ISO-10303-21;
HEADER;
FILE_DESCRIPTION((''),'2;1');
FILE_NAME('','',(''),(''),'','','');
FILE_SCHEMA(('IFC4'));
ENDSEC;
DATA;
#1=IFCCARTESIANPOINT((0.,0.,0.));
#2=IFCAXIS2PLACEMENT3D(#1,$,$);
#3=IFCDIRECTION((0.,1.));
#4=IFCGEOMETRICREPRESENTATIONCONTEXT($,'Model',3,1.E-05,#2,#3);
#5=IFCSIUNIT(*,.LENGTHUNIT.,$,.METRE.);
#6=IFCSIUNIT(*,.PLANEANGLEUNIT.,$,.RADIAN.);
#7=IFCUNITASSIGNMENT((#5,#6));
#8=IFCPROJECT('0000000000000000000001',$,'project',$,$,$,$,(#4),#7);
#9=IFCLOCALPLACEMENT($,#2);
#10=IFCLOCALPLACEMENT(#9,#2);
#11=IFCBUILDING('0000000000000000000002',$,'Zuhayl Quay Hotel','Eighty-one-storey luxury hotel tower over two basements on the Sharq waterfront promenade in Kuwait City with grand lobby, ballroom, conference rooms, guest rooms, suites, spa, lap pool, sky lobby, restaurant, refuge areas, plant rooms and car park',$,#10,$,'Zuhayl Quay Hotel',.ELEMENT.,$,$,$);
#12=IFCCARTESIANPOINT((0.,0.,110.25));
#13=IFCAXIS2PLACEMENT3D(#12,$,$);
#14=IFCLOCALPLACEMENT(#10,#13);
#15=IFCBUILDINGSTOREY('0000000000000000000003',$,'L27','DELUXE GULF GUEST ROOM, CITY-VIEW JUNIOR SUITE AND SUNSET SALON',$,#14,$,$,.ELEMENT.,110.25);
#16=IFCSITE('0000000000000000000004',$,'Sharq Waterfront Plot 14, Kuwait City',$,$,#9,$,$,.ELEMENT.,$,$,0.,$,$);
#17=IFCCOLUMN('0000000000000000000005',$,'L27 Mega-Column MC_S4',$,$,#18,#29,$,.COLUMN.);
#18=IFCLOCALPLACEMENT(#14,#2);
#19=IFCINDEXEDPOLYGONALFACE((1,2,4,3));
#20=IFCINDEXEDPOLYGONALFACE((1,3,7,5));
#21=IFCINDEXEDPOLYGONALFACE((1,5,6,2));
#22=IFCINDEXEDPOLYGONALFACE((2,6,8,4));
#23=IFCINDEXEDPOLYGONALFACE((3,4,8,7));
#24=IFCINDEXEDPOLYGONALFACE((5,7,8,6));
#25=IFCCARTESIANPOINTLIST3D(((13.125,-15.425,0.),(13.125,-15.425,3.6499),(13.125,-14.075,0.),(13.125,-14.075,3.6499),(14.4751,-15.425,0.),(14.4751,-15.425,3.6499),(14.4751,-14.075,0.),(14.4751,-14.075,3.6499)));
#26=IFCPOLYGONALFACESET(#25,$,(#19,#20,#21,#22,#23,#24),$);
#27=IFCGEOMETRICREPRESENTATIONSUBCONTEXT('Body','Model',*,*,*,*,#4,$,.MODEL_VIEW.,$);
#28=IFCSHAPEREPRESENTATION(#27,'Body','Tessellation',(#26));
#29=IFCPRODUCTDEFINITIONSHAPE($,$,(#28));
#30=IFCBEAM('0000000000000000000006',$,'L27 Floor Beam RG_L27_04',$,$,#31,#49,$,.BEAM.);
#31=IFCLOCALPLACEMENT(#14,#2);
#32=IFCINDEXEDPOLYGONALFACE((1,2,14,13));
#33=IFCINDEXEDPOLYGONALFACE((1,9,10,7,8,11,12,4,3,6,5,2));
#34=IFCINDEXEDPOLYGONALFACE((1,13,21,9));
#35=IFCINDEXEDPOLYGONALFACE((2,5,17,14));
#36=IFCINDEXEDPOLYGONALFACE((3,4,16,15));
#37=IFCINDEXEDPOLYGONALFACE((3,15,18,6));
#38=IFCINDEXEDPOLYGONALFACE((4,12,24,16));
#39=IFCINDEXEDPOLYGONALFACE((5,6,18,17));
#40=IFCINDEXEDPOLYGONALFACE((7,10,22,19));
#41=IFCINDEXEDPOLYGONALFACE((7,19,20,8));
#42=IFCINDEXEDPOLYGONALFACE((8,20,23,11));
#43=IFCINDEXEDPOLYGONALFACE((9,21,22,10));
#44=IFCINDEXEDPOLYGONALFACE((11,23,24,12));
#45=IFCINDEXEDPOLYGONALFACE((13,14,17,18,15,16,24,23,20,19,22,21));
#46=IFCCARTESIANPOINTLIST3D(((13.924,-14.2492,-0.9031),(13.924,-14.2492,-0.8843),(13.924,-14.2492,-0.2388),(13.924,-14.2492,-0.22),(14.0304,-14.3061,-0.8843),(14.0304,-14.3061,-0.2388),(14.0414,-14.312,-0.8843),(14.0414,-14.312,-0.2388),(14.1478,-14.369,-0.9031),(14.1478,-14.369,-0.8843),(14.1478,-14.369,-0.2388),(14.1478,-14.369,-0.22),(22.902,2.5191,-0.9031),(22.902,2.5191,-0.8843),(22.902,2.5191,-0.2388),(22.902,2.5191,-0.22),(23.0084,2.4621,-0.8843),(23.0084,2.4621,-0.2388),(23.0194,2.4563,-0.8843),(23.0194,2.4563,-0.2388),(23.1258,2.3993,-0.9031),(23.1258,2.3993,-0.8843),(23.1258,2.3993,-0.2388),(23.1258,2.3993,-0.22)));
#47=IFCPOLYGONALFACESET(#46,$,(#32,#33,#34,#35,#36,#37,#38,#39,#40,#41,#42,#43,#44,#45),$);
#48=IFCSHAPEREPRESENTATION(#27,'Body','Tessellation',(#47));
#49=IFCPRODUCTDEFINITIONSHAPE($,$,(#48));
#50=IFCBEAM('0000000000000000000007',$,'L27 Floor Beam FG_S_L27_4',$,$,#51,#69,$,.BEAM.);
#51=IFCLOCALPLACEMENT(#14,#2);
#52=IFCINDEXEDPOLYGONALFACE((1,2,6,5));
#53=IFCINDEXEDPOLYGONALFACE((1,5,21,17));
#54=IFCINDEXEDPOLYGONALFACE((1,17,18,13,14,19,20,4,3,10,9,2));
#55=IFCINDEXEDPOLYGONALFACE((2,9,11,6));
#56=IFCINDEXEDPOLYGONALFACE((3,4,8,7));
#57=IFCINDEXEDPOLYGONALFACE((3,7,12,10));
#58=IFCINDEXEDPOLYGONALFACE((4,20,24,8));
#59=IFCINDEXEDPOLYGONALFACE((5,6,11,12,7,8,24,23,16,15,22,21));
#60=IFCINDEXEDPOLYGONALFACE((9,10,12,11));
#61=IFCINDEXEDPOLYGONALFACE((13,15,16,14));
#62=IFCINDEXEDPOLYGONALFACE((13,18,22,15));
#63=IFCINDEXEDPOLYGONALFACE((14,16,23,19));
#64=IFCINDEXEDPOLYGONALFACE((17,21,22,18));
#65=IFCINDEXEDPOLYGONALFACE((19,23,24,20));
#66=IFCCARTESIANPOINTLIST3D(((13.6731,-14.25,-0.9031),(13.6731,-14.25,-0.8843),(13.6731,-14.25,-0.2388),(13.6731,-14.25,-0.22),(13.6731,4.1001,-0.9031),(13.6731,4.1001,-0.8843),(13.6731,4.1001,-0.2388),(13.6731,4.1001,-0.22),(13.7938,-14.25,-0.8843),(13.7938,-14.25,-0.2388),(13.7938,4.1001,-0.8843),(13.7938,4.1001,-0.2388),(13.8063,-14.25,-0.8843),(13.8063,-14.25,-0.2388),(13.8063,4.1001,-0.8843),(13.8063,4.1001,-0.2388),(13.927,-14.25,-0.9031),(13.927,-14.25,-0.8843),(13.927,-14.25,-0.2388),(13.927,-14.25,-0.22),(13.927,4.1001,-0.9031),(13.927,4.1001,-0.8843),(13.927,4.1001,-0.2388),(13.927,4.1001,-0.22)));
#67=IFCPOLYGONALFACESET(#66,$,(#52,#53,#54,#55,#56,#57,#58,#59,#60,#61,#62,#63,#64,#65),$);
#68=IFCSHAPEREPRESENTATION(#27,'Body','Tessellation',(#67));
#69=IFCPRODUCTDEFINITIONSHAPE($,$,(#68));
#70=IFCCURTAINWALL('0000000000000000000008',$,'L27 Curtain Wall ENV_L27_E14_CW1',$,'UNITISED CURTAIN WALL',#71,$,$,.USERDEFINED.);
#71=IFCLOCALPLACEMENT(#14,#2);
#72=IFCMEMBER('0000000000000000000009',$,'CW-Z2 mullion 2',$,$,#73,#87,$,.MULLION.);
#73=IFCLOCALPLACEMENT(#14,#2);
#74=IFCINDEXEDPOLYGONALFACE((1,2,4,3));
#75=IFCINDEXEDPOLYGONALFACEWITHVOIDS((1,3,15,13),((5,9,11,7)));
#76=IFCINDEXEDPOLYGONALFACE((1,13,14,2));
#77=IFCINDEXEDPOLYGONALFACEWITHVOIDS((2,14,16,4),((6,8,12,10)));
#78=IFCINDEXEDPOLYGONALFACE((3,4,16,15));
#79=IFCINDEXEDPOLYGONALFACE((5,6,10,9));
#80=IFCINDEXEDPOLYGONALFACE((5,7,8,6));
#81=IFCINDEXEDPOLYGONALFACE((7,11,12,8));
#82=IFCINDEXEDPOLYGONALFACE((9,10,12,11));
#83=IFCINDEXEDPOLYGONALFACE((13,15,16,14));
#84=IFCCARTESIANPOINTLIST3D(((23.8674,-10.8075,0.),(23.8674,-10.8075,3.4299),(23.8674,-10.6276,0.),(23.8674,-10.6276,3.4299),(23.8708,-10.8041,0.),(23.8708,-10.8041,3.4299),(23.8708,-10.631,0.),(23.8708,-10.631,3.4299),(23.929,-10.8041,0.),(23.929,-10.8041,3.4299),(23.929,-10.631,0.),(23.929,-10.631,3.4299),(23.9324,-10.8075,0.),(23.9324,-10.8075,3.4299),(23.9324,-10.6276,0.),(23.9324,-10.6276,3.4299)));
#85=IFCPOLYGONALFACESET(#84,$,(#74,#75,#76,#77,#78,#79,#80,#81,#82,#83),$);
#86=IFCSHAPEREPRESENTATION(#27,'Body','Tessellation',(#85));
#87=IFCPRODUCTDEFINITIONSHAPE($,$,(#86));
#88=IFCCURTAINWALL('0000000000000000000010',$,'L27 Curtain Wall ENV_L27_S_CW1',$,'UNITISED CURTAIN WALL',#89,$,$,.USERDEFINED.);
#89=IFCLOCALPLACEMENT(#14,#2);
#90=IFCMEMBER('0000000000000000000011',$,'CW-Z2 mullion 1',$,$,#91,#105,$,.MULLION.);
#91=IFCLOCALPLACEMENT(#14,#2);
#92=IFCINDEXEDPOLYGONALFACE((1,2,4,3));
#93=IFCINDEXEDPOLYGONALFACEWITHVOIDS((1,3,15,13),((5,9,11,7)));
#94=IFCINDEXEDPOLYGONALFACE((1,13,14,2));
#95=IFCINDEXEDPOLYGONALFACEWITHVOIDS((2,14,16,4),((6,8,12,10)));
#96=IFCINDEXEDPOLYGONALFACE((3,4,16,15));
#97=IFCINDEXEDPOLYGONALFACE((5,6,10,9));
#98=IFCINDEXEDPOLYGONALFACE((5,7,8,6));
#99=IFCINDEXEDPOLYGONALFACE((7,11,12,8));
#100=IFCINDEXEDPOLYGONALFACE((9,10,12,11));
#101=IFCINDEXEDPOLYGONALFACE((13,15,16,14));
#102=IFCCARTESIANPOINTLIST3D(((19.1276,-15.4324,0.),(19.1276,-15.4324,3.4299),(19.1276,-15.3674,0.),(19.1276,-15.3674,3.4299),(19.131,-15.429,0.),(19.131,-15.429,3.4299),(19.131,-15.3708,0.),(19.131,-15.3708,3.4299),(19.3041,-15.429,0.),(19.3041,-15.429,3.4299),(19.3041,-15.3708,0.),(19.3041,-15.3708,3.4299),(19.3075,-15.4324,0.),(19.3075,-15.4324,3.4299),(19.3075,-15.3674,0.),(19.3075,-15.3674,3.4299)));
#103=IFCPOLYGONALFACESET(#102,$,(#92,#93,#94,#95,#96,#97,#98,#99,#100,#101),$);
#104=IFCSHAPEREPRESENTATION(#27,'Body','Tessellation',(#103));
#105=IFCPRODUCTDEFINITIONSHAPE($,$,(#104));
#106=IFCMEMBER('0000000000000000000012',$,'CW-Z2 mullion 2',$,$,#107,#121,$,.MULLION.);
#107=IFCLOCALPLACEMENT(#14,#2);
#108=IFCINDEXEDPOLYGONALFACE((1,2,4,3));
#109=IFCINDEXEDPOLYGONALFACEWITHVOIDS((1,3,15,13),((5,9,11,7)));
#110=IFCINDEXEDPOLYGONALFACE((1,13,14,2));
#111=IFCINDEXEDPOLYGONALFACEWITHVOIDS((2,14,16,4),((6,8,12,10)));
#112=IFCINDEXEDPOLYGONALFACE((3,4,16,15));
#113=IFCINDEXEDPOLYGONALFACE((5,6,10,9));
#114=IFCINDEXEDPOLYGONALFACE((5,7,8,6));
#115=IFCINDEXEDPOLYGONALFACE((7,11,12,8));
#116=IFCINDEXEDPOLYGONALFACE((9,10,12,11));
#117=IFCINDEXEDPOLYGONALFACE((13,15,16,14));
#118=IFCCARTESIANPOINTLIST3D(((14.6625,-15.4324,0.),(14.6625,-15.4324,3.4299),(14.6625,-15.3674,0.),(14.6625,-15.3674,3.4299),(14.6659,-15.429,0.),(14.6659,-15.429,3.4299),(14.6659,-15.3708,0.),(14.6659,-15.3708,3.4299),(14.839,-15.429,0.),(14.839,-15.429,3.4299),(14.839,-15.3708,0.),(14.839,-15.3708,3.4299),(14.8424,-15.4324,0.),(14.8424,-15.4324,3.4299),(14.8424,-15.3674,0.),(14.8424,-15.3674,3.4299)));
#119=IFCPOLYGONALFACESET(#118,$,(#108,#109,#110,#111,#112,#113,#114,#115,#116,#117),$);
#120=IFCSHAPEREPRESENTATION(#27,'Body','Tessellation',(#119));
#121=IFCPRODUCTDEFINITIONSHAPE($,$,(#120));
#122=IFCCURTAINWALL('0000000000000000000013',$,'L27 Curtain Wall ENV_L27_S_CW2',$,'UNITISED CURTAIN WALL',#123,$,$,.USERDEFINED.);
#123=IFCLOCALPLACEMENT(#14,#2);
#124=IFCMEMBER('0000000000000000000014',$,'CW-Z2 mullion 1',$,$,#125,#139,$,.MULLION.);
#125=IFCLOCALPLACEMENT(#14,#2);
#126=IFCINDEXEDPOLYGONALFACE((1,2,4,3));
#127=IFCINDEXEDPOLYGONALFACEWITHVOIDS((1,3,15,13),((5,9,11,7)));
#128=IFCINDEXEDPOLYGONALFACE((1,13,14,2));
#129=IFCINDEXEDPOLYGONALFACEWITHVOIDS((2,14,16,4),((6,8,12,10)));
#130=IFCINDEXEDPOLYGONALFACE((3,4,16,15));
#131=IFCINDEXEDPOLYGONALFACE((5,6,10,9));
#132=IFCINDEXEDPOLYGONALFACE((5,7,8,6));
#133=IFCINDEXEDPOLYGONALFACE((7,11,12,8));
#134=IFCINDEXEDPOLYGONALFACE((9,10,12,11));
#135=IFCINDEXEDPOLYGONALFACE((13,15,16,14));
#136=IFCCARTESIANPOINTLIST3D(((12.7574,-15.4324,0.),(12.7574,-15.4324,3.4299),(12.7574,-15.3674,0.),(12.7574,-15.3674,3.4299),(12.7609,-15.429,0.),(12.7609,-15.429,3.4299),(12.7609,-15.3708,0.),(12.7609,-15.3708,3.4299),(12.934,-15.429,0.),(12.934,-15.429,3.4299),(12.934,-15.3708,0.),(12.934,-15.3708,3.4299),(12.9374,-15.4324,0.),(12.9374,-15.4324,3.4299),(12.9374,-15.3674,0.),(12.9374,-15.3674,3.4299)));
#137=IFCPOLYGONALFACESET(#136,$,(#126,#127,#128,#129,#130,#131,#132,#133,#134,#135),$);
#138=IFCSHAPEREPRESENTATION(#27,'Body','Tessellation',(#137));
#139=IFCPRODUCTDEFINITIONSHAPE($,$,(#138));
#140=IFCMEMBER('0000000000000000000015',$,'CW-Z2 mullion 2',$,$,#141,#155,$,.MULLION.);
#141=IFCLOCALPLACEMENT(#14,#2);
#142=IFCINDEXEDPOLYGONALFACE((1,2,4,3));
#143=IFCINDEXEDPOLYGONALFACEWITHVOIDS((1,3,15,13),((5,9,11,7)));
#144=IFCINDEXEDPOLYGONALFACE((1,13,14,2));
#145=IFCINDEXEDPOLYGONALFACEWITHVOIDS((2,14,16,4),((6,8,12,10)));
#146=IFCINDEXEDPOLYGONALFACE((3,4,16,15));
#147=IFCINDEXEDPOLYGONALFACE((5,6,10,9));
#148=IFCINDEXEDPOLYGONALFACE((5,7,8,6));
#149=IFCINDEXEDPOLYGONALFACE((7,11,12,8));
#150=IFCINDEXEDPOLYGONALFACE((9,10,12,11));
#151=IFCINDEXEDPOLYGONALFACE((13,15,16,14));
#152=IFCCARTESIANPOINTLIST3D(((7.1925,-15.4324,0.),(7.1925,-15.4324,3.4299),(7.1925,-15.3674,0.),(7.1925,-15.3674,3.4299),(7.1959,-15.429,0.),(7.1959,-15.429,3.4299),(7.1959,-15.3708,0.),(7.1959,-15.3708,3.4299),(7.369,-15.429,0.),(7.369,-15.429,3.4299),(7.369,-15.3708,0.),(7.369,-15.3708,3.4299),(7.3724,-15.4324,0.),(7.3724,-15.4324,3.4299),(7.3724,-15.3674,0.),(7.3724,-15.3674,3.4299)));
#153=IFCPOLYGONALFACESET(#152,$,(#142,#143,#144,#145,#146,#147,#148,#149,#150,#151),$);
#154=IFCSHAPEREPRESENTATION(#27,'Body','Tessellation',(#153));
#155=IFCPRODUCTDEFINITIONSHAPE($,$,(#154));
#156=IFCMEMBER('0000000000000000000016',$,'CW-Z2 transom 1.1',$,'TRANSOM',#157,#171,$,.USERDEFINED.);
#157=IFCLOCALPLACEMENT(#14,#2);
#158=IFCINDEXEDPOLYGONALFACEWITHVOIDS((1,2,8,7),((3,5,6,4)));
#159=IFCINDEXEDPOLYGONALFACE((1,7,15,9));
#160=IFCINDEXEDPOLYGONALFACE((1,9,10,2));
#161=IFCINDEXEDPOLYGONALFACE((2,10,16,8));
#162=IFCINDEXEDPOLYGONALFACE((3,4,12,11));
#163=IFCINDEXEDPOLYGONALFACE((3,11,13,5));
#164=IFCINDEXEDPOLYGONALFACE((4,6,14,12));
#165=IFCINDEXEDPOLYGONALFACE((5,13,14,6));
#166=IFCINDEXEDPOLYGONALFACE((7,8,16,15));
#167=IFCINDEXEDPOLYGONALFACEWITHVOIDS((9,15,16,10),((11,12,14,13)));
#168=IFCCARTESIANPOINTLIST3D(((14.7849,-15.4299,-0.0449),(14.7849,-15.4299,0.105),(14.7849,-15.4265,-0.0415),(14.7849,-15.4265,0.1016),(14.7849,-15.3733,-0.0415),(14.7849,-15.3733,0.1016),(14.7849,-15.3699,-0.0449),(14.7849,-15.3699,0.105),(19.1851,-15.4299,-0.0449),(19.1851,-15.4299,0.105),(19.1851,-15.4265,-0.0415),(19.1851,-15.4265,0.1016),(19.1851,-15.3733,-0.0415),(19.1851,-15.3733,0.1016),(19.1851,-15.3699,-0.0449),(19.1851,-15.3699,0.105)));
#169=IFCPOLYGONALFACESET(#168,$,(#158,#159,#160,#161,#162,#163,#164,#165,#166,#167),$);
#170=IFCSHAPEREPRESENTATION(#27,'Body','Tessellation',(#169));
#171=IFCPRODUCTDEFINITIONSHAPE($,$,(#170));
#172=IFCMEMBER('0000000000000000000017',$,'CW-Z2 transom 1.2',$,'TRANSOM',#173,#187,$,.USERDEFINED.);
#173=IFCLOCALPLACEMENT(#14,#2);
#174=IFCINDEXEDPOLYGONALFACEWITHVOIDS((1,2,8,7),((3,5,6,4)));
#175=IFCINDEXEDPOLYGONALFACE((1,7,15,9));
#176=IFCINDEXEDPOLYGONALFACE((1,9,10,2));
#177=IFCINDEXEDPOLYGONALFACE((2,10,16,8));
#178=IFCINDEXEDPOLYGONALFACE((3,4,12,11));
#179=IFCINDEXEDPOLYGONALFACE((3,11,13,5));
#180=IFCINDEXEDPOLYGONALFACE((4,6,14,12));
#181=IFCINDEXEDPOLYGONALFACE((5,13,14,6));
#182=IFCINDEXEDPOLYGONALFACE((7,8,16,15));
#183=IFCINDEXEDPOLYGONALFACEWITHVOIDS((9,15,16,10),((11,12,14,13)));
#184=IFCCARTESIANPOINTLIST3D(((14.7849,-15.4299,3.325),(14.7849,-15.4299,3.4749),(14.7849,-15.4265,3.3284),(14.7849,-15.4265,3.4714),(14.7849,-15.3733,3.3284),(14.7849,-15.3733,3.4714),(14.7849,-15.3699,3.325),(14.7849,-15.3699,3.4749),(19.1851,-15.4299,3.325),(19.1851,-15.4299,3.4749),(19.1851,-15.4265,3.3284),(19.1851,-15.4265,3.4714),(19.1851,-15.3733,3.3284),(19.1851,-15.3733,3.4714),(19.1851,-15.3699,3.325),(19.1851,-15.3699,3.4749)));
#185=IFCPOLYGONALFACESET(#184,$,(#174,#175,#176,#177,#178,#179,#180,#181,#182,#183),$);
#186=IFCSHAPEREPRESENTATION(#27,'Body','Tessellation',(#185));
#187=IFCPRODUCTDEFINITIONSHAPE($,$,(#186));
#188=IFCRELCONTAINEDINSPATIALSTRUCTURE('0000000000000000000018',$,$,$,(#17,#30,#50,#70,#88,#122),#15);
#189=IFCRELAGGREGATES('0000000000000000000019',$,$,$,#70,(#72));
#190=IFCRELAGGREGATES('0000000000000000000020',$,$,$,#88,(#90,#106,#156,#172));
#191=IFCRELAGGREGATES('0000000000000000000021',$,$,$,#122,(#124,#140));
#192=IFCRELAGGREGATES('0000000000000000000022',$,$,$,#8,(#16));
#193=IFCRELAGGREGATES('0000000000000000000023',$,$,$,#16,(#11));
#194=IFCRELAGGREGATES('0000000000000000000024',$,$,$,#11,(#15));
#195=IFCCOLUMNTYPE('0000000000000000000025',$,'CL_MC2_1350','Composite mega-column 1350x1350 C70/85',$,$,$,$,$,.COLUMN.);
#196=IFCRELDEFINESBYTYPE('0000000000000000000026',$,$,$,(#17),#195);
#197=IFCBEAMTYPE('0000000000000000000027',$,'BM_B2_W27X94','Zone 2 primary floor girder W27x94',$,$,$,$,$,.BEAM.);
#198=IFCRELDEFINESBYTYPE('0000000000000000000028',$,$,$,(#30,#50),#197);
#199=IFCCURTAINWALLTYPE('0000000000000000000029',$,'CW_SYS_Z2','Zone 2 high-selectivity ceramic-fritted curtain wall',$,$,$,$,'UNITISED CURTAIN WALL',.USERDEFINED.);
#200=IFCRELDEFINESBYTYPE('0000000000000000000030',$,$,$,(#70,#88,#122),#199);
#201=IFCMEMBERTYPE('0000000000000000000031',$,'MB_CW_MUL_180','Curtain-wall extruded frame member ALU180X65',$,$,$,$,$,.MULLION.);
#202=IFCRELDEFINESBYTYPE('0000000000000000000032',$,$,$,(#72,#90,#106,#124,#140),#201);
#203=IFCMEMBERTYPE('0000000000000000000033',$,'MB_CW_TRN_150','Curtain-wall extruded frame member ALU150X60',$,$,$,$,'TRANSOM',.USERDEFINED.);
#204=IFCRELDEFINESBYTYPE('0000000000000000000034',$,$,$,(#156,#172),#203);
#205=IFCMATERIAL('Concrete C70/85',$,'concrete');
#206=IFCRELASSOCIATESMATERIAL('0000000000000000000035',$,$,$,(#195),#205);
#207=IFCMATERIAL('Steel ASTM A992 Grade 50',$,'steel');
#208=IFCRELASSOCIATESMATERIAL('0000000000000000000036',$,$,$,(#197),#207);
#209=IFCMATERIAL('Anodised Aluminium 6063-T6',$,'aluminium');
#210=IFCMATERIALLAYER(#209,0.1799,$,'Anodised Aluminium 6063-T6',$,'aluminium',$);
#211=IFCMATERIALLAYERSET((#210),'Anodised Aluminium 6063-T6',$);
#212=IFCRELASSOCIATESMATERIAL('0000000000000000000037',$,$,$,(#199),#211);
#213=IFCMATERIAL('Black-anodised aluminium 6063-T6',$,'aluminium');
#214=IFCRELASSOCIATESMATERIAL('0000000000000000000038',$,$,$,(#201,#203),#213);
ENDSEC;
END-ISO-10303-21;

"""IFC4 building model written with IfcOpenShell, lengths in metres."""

from ifc_helpers import new_model, si_unit, direction, frame, origin, origin_2d, place, context, subcontext, project, spatial, rectangle, hollow_rectangle, i_section, extrude, material, layer, layer_set, material_profile, profile_set, type_object, element, aggregate, save


model = new_model("IFC4")

# Units and contexts
model_context = context("Model", 3, precision=1e-05, world=origin(), true_north=direction((0.0, 1.0)))
body_context = subcontext(model_context, "Body", "Model", "MODEL_VIEW")
ifc_project = project(units=[si_unit("LENGTHUNIT", "METRE"), si_unit("PLANEANGLEUNIT", "RADIAN")], contexts=[model_context])

# Site, building, storey
site_placement = place(None, origin())
site = spatial("IfcSite", under=ifc_project, at=site_placement, Name="Sharq Waterfront Plot 14, Kuwait City", CompositionType="ELEMENT", RefElevation=0.0)
building_placement = place(site_placement, origin())
building = spatial("IfcBuilding", under=site, at=building_placement, Name="Zuhayl Quay Hotel", Description="Eighty-one-storey luxury hotel tower over two basements on the Sharq waterfront promenade in Kuwait City with grand lobby, ballroom, conference rooms, guest rooms, suites, spa, lap pool, sky lobby, restaurant, refuge areas, plant rooms and car park", LongName="Zuhayl Quay Hotel", CompositionType="ELEMENT")
storey_placement = place(building_placement, frame((0.0, 0.0, 110.25)))
storey = spatial("IfcBuildingStorey", under=building, at=storey_placement, Name="L27", Description="DELUXE GULF GUEST ROOM, CITY-VIEW JUNIOR SUITE AND SUNSET SALON", CompositionType="ELEMENT", Elevation=110.25)

# Column
ifc_material_1 = material(Name="Concrete C70/85", Category="concrete")
ifc_material_profile_1 = material_profile(ifc_material_1, rectangle(XDim=1.3501, YDim=1.3501, at=origin_2d()), Name="RC1350X1350")
ifc_profile_set_1 = profile_set([ifc_material_profile_1], Name="Concrete C70/85")
column_type = type_object("IfcColumnType", Name="CL_MC2_1350", Description="Composite mega-column 1350x1350 C70/85", PredefinedType="COLUMN", material=ifc_profile_set_1)
column_placement = place(storey_placement, frame((13.8, -14.75, 0.0), z_axis=(0.0, 0.0, 1.0), x_axis=(1.0, 0.0, 0.0)))
element("IfcColumn", 1, at=column_placement, inside=storey, type_object=column_type, Name="L27 Mega-Column MC_S4", PredefinedType="COLUMN", context=body_context, shape_type="SweptSolid", body=[
    extrude(rectangle(XDim=1.3501, YDim=1.3501, at=origin_2d()), origin(), (0.0, 0.0, 1.0), 3.6499),
])

# Beams
ifc_material_2 = material(Name="Steel ASTM A992 Grade 50", Category="steel")
ifc_material_profile_2 = material_profile(ifc_material_2, i_section(OverallWidth=0.2539, OverallDepth=0.6831, WebThickness=0.0125, FlangeThickness=0.0188, at=origin_2d()), Name="W27X94")
ifc_profile_set_2 = profile_set([ifc_material_profile_2], Name="Steel ASTM A992 Grade 50")
beam_type = type_object("IfcBeamType", Name="BM_B2_W27X94", Description="Zone 2 primary floor girder W27x94", PredefinedType="BEAM", material=ifc_profile_set_2)
beam_1_placement = place(storey_placement, frame((14.0359, -14.3091, -0.5615), z_axis=(0.472017, 0.881589, 0.0), x_axis=(-0.881589, 0.472017, 0.0)))
element("IfcBeam", 2, at=beam_1_placement, inside=storey, type_object=beam_type, Name="L27 Floor Beam RG_L27_04", PredefinedType="BEAM", context=body_context, shape_type="SweptSolid", body=[
    extrude(i_section(OverallWidth=0.2539, OverallDepth=0.6831, WebThickness=0.0125, FlangeThickness=0.0188, at=origin_2d()), origin(), (0.0, 0.0, 1.0), 19.0205),
])
beam_2_placement = place(storey_placement, frame((13.8, -14.25, -0.5615), z_axis=(0.0, 1.0, 0.0), x_axis=(-1.0, 0.0, 0.0)))
element("IfcBeam", 3, at=beam_2_placement, inside=storey, type_object=beam_type, Name="L27 Floor Beam FG_S_L27_4", PredefinedType="BEAM", context=body_context, shape_type="SweptSolid", body=[
    extrude(i_section(OverallWidth=0.2539, OverallDepth=0.6831, WebThickness=0.0125, FlangeThickness=0.0188, at=origin_2d()), origin(), (0.0, 0.0, 1.0), 18.3501),
])

# Curtain wall, member
ifc_material_3 = material(Name="Anodised Aluminium 6063-T6", Category="aluminium")
ifc_layer_1 = layer(ifc_material_3, 0.1799, Name="Anodised Aluminium 6063-T6", Category="aluminium")
ifc_layer_set_1 = layer_set([ifc_layer_1], Name="Anodised Aluminium 6063-T6")
curtain_wall_type = type_object("IfcCurtainWallType", Name="CW_SYS_Z2", Description="Zone 2 high-selectivity ceramic-fritted curtain wall", ElementType="UNITISED CURTAIN WALL", PredefinedType="USERDEFINED", material=ifc_layer_set_1)
curtain_wall_1_placement = place(storey_placement, origin())
curtain_wall_1 = element("IfcCurtainWall", 4, at=curtain_wall_1_placement, inside=storey, type_object=curtain_wall_type, Name="L27 Curtain Wall ENV_L27_E14_CW1", ObjectType="UNITISED CURTAIN WALL", PredefinedType="USERDEFINED")
ifc_material_4 = material(Name="Black-anodised aluminium 6063-T6", Category="aluminium")
ifc_material_profile_3 = material_profile(ifc_material_4, hollow_rectangle(XDim=0.0649, YDim=0.1799, WallThickness=0.0034, at=origin_2d()), Name="ALU180X65")
ifc_profile_set_3 = profile_set([ifc_material_profile_3], Name="Black-anodised aluminium 6063-T6")
member_type_1 = type_object("IfcMemberType", Name="MB_CW_MUL_180", Description="Curtain-wall extruded frame member ALU180X65", PredefinedType="MULLION", material=ifc_profile_set_3)
member_1_placement = place(storey_placement, frame((23.8999, -10.7175, 0.0), z_axis=(0.0, 0.0, 1.0), x_axis=(1.0, 0.0, 0.0)))
member_1 = element("IfcMember", 5, at=member_1_placement, type_object=member_type_1, Name="CW-Z2 mullion 2", PredefinedType="MULLION", context=body_context, shape_type="SweptSolid", body=[
    extrude(hollow_rectangle(XDim=0.0649, YDim=0.1799, WallThickness=0.0034, at=origin_2d()), origin(), (0.0, 0.0, 1.0), 3.4299),
])

# Curtain walls, members
curtain_wall_2_placement = place(storey_placement, origin())
curtain_wall_2 = element("IfcCurtainWall", 6, at=curtain_wall_2_placement, inside=storey, type_object=curtain_wall_type, Name="L27 Curtain Wall ENV_L27_S_CW1", ObjectType="UNITISED CURTAIN WALL", PredefinedType="USERDEFINED")
member_2_placement = place(storey_placement, frame((19.2175, -15.3999, 0.0), z_axis=(0.0, 0.0, 1.0), x_axis=(0.0, -1.0, 0.0)))
member_2 = element("IfcMember", 7, at=member_2_placement, type_object=member_type_1, Name="CW-Z2 mullion 1", PredefinedType="MULLION", context=body_context, shape_type="SweptSolid", body=[
    extrude(hollow_rectangle(XDim=0.0649, YDim=0.1799, WallThickness=0.0034, at=origin_2d()), origin(), (0.0, 0.0, 1.0), 3.4299),
])
member_3_placement = place(storey_placement, frame((14.7524, -15.3999, 0.0), z_axis=(0.0, 0.0, 1.0), x_axis=(0.0, -1.0, 0.0)))
member_3 = element("IfcMember", 8, at=member_3_placement, type_object=member_type_1, Name="CW-Z2 mullion 2", PredefinedType="MULLION", context=body_context, shape_type="SweptSolid", body=[
    extrude(hollow_rectangle(XDim=0.0649, YDim=0.1799, WallThickness=0.0034, at=origin_2d()), origin(), (0.0, 0.0, 1.0), 3.4299),
])
curtain_wall_3_placement = place(storey_placement, origin())
curtain_wall_3 = element("IfcCurtainWall", 9, at=curtain_wall_3_placement, inside=storey, type_object=curtain_wall_type, Name="L27 Curtain Wall ENV_L27_S_CW2", ObjectType="UNITISED CURTAIN WALL", PredefinedType="USERDEFINED")
member_4_placement = place(storey_placement, frame((12.8474, -15.3999, 0.0), z_axis=(0.0, 0.0, 1.0), x_axis=(0.0, -1.0, 0.0)))
member_4 = element("IfcMember", 10, at=member_4_placement, type_object=member_type_1, Name="CW-Z2 mullion 1", PredefinedType="MULLION", context=body_context, shape_type="SweptSolid", body=[
    extrude(hollow_rectangle(XDim=0.0649, YDim=0.1799, WallThickness=0.0034, at=origin_2d()), origin(), (0.0, 0.0, 1.0), 3.4299),
])
member_5_placement = place(storey_placement, frame((7.2825, -15.3999, 0.0), z_axis=(0.0, 0.0, 1.0), x_axis=(0.0, -1.0, 0.0)))
member_5 = element("IfcMember", 11, at=member_5_placement, type_object=member_type_1, Name="CW-Z2 mullion 2", PredefinedType="MULLION", context=body_context, shape_type="SweptSolid", body=[
    extrude(hollow_rectangle(XDim=0.0649, YDim=0.1799, WallThickness=0.0034, at=origin_2d()), origin(), (0.0, 0.0, 1.0), 3.4299),
])

# Members
ifc_material_profile_4 = material_profile(ifc_material_4, hollow_rectangle(XDim=0.0601, YDim=0.1499, WallThickness=0.0034, at=origin_2d()), Name="ALU150X60")
ifc_profile_set_4 = profile_set([ifc_material_profile_4], Name="Black-anodised aluminium 6063-T6")
member_type_2 = type_object("IfcMemberType", Name="MB_CW_TRN_150", Description="Curtain-wall extruded frame member ALU150X60", ElementType="TRANSOM", PredefinedType="USERDEFINED", material=ifc_profile_set_4)
member_6_placement = place(storey_placement, frame((19.1851, -15.3999, 0.03), z_axis=(-1.0, 0.0, 0.0), x_axis=(0.0, -1.0, 0.0)))
member_6 = element("IfcMember", 12, at=member_6_placement, type_object=member_type_2, Name="CW-Z2 transom 1.1", ObjectType="TRANSOM", PredefinedType="USERDEFINED", context=body_context, shape_type="SweptSolid", body=[
    extrude(hollow_rectangle(XDim=0.0601, YDim=0.1499, WallThickness=0.0034, at=origin_2d()), origin(), (0.0, 0.0, 1.0), 4.4001),
])
member_7_placement = place(storey_placement, frame((19.1851, -15.3999, 3.3999), z_axis=(-1.0, 0.0, 0.0), x_axis=(0.0, -1.0, 0.0)))
member_7 = element("IfcMember", 13, at=member_7_placement, type_object=member_type_2, Name="CW-Z2 transom 1.2", ObjectType="TRANSOM", PredefinedType="USERDEFINED", context=body_context, shape_type="SweptSolid", body=[
    extrude(hollow_rectangle(XDim=0.0601, YDim=0.1499, WallThickness=0.0034, at=origin_2d()), origin(), (0.0, 0.0, 1.0), 4.4001),
])

aggregate(curtain_wall_1, [member_1])
aggregate(curtain_wall_2, [member_2, member_3, member_6, member_7])
aggregate(curtain_wall_3, [member_4, member_5])

save(model, "model.ifc")
